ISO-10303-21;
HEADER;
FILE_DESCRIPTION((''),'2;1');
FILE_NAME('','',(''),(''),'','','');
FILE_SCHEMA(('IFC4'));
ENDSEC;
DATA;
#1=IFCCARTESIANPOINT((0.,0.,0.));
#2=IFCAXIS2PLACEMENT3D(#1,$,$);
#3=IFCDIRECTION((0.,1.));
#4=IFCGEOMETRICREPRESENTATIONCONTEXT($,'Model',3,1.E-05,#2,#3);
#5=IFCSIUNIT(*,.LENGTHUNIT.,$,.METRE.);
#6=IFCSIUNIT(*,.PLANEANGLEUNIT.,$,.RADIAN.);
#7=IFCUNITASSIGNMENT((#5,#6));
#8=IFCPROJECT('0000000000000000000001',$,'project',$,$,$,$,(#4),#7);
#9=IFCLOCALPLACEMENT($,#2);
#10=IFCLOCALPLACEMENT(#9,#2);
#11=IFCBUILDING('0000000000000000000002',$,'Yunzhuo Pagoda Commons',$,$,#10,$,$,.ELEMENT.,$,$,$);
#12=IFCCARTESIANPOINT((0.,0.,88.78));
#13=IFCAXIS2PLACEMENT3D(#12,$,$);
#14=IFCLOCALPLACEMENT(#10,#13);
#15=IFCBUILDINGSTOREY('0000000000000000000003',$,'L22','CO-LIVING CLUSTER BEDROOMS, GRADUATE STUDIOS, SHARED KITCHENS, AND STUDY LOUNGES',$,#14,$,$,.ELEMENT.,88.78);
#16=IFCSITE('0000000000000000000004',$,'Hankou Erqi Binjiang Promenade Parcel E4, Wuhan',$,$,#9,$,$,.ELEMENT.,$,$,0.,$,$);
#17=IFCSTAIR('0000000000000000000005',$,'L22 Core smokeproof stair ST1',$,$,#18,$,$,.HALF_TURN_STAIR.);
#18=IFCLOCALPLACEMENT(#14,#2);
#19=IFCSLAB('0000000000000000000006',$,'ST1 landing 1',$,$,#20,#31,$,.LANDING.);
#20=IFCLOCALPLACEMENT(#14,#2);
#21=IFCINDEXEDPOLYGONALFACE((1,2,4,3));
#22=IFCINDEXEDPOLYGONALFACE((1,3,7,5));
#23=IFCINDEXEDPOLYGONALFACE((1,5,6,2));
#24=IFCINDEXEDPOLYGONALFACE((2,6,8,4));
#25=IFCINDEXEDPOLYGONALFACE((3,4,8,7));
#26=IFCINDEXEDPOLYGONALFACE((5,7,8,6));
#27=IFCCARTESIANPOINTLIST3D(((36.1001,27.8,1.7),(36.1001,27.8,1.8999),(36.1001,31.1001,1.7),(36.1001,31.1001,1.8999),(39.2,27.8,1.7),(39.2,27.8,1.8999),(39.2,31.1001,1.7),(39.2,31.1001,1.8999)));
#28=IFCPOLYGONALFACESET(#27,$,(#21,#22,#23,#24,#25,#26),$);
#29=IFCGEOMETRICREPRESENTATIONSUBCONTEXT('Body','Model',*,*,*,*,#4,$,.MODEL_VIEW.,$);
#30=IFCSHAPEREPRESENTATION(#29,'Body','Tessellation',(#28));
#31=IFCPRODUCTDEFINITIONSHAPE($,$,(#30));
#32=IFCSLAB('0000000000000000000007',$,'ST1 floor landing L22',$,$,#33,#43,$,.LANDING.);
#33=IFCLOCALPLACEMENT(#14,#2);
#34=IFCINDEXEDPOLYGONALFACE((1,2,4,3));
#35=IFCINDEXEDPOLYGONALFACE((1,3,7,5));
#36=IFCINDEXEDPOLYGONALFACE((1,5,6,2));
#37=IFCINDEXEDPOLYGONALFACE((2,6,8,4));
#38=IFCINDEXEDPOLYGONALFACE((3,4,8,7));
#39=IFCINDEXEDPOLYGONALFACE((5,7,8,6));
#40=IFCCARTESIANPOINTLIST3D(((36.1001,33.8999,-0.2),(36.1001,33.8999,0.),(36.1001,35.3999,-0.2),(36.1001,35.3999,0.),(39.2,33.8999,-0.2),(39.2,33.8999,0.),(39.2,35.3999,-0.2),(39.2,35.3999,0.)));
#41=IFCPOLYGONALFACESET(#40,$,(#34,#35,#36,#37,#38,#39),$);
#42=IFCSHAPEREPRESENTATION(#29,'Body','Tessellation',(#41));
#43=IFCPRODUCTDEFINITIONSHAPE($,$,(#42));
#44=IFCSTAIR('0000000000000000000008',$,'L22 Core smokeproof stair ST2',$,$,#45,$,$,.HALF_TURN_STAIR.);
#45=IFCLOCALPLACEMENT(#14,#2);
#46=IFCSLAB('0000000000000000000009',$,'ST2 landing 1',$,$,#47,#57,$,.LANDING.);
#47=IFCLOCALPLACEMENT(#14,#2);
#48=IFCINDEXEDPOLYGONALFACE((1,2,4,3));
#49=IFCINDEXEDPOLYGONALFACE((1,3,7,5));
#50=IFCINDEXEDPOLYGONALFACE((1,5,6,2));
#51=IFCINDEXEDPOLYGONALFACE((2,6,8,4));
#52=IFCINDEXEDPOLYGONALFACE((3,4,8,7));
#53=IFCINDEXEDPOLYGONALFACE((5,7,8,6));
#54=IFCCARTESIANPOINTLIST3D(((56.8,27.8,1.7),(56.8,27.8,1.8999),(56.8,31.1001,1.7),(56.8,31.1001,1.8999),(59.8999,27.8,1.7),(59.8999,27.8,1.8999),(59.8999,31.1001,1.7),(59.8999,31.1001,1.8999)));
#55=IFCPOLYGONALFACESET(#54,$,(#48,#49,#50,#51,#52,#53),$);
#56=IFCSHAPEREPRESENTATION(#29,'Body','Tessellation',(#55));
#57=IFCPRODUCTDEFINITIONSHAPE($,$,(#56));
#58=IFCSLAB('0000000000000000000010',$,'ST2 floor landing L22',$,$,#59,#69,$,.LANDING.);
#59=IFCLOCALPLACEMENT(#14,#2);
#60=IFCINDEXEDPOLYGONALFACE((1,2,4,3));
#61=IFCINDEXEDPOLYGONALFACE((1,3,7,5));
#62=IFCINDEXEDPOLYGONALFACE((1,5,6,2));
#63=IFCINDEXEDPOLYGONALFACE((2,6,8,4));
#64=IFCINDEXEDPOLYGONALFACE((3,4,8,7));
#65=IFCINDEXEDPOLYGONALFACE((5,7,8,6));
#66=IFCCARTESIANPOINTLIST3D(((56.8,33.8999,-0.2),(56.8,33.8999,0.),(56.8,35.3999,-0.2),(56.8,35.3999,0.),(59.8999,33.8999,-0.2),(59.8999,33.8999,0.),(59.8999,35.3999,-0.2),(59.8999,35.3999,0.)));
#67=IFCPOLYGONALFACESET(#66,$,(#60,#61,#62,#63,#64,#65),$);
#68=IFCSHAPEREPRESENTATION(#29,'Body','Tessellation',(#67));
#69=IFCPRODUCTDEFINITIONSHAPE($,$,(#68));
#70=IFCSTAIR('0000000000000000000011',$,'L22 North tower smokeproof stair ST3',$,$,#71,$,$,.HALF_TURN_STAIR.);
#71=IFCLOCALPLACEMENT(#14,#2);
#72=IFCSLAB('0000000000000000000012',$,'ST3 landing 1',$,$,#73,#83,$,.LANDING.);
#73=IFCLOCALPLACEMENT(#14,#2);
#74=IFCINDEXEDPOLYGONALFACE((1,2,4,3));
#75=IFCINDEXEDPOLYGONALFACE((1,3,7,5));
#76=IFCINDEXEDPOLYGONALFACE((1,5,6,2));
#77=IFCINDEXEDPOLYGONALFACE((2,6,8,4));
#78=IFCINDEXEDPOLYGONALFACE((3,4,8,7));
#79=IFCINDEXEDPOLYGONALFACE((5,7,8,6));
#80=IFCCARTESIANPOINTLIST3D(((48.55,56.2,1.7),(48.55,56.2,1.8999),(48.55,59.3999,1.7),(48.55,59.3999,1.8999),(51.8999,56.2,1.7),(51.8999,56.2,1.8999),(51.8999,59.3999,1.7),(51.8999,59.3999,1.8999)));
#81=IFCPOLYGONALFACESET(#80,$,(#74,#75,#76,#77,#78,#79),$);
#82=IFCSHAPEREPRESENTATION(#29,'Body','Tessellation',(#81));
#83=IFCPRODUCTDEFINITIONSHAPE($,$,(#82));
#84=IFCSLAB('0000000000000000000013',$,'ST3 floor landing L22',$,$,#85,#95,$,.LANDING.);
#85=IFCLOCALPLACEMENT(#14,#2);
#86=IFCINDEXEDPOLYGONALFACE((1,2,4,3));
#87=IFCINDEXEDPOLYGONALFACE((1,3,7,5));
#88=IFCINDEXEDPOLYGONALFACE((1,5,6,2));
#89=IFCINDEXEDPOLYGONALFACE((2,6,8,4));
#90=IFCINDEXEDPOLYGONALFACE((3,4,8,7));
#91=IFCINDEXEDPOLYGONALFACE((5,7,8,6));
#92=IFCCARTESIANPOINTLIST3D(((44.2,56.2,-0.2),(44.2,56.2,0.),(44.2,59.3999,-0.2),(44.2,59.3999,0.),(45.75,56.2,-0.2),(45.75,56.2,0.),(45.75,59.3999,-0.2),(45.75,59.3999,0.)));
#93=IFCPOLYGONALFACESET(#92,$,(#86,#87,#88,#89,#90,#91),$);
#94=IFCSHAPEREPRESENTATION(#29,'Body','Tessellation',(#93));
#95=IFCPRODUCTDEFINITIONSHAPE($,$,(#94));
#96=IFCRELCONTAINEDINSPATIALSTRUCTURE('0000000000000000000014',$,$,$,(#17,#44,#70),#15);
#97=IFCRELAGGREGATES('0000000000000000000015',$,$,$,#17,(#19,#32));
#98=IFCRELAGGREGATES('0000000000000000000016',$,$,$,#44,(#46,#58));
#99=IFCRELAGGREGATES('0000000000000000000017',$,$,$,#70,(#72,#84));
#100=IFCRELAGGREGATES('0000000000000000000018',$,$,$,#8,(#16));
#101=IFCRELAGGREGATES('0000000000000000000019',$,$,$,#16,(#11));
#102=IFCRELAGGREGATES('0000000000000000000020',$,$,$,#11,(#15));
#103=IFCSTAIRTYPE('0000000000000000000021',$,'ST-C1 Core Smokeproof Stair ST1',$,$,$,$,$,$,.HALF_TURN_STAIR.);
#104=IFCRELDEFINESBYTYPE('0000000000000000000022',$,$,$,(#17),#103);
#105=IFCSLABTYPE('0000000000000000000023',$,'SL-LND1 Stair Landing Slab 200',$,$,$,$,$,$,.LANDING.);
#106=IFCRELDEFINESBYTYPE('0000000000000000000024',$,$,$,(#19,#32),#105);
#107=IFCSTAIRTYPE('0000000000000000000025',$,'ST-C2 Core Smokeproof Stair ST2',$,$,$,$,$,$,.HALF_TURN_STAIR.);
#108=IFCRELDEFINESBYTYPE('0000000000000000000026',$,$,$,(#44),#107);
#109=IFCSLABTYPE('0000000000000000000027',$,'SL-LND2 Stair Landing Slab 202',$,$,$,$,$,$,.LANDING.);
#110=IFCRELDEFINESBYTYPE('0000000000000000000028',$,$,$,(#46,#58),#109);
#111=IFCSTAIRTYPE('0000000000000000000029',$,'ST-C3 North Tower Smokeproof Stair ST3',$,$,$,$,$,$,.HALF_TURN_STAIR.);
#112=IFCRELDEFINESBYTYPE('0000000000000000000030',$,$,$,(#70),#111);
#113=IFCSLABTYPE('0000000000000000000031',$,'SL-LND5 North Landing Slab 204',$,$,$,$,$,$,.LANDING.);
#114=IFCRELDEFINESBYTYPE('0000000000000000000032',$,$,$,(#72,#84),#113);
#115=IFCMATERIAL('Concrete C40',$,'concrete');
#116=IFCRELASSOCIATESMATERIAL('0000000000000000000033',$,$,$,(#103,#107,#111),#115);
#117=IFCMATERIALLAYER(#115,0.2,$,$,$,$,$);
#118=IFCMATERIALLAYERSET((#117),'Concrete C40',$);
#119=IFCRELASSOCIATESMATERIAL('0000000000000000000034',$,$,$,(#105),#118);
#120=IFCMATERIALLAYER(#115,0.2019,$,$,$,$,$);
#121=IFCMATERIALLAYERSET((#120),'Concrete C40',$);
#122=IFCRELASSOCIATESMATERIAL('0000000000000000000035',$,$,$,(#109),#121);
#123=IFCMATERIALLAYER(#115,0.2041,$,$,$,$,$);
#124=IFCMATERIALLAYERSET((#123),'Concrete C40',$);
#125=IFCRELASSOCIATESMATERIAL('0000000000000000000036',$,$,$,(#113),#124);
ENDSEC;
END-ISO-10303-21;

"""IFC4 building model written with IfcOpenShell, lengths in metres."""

from ifc_helpers import new_model, si_unit, direction, frame, origin, place, context, subcontext, project, spatial, polyline, outline, extrude, material, layer, layer_set, type_object, element, aggregate, save


model = new_model("IFC4")

# Units and contexts
model_context = context("Model", 3, precision=1e-05, world=origin(), true_north=direction((0.0, 1.0)))
body_context = subcontext(model_context, "Body", "Model", "MODEL_VIEW")
ifc_project = project(units=[si_unit("LENGTHUNIT", "METRE"), si_unit("PLANEANGLEUNIT", "RADIAN")], contexts=[model_context])

# Site, building, storey
site_placement = place(None, origin())
site = spatial("IfcSite", under=ifc_project, at=site_placement, Name="Hankou Erqi Binjiang Promenade Parcel E4, Wuhan", CompositionType="ELEMENT", RefElevation=0.0)
building_placement = place(site_placement, origin())
building = spatial("IfcBuilding", under=site, at=building_placement, Name="Yunzhuo Pagoda Commons", CompositionType="ELEMENT")
storey_placement = place(building_placement, frame((0.0, 0.0, 88.78)))
storey = spatial("IfcBuildingStorey", under=building, at=storey_placement, Name="L22", Description="CO-LIVING CLUSTER BEDROOMS, GRADUATE STUDIOS, SHARED KITCHENS, AND STUDY LOUNGES", CompositionType="ELEMENT", Elevation=88.78)

# Shared definitions
ifc_material_1 = material(Name="Concrete C40", Category="concrete")

# Stairs, slabs
stair_type_1 = type_object("IfcStairType", Name="ST-C1 Core Smokeproof Stair ST1", PredefinedType="HALF_TURN_STAIR", material=ifc_material_1)
stair_1_placement = place(storey_placement, origin())
stair_1 = element("IfcStair", 1, at=stair_1_placement, inside=storey, type_object=stair_type_1, Name="L22 Core smokeproof stair ST1", PredefinedType="HALF_TURN_STAIR")
ifc_layer_1 = layer(ifc_material_1, 0.2)
ifc_layer_set_1 = layer_set([ifc_layer_1], Name="Concrete C40")
slab_type_1 = type_object("IfcSlabType", Name="SL-LND1 Stair Landing Slab 200", PredefinedType="LANDING", material=ifc_layer_set_1)
slab_1_placement = place(storey_placement, frame((0.0, 0.0, 1.7)))
slab_1 = element("IfcSlab", 2, at=slab_1_placement, type_object=slab_type_1, Name="ST1 landing 1", PredefinedType="LANDING", context=body_context, shape_type="SweptSolid", body=[
    extrude(outline(polyline([(36.1001, 31.1001), (36.1001, 27.8), (39.2, 27.8), (39.2, 31.1001), (36.1001, 31.1001)])), origin(), (0.0, 0.0, 1.0), 0.2),
])
slab_2_placement = place(storey_placement, frame((0.0, 0.0, -0.2)))
slab_2 = element("IfcSlab", 3, at=slab_2_placement, type_object=slab_type_1, Name="ST1 floor landing L22", PredefinedType="LANDING", context=body_context, shape_type="SweptSolid", body=[
    extrude(outline(polyline([(36.1001, 35.3999), (36.1001, 33.8999), (39.2, 33.8999), (39.2, 35.3999), (36.1001, 35.3999)])), origin(), (0.0, 0.0, 1.0), 0.2),
])
aggregate(stair_1, [slab_1, slab_2])
stair_type_2 = type_object("IfcStairType", Name="ST-C2 Core Smokeproof Stair ST2", PredefinedType="HALF_TURN_STAIR", material=ifc_material_1)
stair_2_placement = place(storey_placement, origin())
stair_2 = element("IfcStair", 4, at=stair_2_placement, inside=storey, type_object=stair_type_2, Name="L22 Core smokeproof stair ST2", PredefinedType="HALF_TURN_STAIR")
ifc_layer_2 = layer(ifc_material_1, 0.2019)
ifc_layer_set_2 = layer_set([ifc_layer_2], Name="Concrete C40")
slab_type_2 = type_object("IfcSlabType", Name="SL-LND2 Stair Landing Slab 202", PredefinedType="LANDING", material=ifc_layer_set_2)
slab_3_placement = place(storey_placement, frame((0.0, 0.0, 1.7)))
slab_3 = element("IfcSlab", 5, at=slab_3_placement, type_object=slab_type_2, Name="ST2 landing 1", PredefinedType="LANDING", context=body_context, shape_type="SweptSolid", body=[
    extrude(outline(polyline([(56.8, 31.1001), (56.8, 27.8), (59.8999, 27.8), (59.8999, 31.1001), (56.8, 31.1001)])), origin(), (0.0, 0.0, 1.0), 0.2),
])
slab_4_placement = place(storey_placement, frame((0.0, 0.0, -0.2)))
slab_4 = element("IfcSlab", 6, at=slab_4_placement, type_object=slab_type_2, Name="ST2 floor landing L22", PredefinedType="LANDING", context=body_context, shape_type="SweptSolid", body=[
    extrude(outline(polyline([(56.8, 35.3999), (56.8, 33.8999), (59.8999, 33.8999), (59.8999, 35.3999), (56.8, 35.3999)])), origin(), (0.0, 0.0, 1.0), 0.2),
])
aggregate(stair_2, [slab_3, slab_4])
stair_type_3 = type_object("IfcStairType", Name="ST-C3 North Tower Smokeproof Stair ST3", PredefinedType="HALF_TURN_STAIR", material=ifc_material_1)
stair_3_placement = place(storey_placement, origin())
stair_3 = element("IfcStair", 7, at=stair_3_placement, inside=storey, type_object=stair_type_3, Name="L22 North tower smokeproof stair ST3", PredefinedType="HALF_TURN_STAIR")
ifc_layer_3 = layer(ifc_material_1, 0.2041)
ifc_layer_set_3 = layer_set([ifc_layer_3], Name="Concrete C40")
slab_type_3 = type_object("IfcSlabType", Name="SL-LND5 North Landing Slab 204", PredefinedType="LANDING", material=ifc_layer_set_3)
slab_5_placement = place(storey_placement, frame((0.0, 0.0, 1.7)))
slab_5 = element("IfcSlab", 8, at=slab_5_placement, type_object=slab_type_3, Name="ST3 landing 1", PredefinedType="LANDING", context=body_context, shape_type="SweptSolid", body=[
    extrude(outline(polyline([(48.55, 56.2), (51.8999, 56.2), (51.8999, 59.3999), (48.55, 59.3999), (48.55, 56.2)])), origin(), (0.0, 0.0, 1.0), 0.2),
])
slab_6_placement = place(storey_placement, frame((0.0, 0.0, -0.2)))
slab_6 = element("IfcSlab", 9, at=slab_6_placement, type_object=slab_type_3, Name="ST3 floor landing L22", PredefinedType="LANDING", context=body_context, shape_type="SweptSolid", body=[
    extrude(outline(polyline([(44.2, 56.2), (45.75, 56.2), (45.75, 59.3999), (44.2, 59.3999), (44.2, 56.2)])), origin(), (0.0, 0.0, 1.0), 0.2),
])
aggregate(stair_3, [slab_5, slab_6])

save(model, "model.ifc")
